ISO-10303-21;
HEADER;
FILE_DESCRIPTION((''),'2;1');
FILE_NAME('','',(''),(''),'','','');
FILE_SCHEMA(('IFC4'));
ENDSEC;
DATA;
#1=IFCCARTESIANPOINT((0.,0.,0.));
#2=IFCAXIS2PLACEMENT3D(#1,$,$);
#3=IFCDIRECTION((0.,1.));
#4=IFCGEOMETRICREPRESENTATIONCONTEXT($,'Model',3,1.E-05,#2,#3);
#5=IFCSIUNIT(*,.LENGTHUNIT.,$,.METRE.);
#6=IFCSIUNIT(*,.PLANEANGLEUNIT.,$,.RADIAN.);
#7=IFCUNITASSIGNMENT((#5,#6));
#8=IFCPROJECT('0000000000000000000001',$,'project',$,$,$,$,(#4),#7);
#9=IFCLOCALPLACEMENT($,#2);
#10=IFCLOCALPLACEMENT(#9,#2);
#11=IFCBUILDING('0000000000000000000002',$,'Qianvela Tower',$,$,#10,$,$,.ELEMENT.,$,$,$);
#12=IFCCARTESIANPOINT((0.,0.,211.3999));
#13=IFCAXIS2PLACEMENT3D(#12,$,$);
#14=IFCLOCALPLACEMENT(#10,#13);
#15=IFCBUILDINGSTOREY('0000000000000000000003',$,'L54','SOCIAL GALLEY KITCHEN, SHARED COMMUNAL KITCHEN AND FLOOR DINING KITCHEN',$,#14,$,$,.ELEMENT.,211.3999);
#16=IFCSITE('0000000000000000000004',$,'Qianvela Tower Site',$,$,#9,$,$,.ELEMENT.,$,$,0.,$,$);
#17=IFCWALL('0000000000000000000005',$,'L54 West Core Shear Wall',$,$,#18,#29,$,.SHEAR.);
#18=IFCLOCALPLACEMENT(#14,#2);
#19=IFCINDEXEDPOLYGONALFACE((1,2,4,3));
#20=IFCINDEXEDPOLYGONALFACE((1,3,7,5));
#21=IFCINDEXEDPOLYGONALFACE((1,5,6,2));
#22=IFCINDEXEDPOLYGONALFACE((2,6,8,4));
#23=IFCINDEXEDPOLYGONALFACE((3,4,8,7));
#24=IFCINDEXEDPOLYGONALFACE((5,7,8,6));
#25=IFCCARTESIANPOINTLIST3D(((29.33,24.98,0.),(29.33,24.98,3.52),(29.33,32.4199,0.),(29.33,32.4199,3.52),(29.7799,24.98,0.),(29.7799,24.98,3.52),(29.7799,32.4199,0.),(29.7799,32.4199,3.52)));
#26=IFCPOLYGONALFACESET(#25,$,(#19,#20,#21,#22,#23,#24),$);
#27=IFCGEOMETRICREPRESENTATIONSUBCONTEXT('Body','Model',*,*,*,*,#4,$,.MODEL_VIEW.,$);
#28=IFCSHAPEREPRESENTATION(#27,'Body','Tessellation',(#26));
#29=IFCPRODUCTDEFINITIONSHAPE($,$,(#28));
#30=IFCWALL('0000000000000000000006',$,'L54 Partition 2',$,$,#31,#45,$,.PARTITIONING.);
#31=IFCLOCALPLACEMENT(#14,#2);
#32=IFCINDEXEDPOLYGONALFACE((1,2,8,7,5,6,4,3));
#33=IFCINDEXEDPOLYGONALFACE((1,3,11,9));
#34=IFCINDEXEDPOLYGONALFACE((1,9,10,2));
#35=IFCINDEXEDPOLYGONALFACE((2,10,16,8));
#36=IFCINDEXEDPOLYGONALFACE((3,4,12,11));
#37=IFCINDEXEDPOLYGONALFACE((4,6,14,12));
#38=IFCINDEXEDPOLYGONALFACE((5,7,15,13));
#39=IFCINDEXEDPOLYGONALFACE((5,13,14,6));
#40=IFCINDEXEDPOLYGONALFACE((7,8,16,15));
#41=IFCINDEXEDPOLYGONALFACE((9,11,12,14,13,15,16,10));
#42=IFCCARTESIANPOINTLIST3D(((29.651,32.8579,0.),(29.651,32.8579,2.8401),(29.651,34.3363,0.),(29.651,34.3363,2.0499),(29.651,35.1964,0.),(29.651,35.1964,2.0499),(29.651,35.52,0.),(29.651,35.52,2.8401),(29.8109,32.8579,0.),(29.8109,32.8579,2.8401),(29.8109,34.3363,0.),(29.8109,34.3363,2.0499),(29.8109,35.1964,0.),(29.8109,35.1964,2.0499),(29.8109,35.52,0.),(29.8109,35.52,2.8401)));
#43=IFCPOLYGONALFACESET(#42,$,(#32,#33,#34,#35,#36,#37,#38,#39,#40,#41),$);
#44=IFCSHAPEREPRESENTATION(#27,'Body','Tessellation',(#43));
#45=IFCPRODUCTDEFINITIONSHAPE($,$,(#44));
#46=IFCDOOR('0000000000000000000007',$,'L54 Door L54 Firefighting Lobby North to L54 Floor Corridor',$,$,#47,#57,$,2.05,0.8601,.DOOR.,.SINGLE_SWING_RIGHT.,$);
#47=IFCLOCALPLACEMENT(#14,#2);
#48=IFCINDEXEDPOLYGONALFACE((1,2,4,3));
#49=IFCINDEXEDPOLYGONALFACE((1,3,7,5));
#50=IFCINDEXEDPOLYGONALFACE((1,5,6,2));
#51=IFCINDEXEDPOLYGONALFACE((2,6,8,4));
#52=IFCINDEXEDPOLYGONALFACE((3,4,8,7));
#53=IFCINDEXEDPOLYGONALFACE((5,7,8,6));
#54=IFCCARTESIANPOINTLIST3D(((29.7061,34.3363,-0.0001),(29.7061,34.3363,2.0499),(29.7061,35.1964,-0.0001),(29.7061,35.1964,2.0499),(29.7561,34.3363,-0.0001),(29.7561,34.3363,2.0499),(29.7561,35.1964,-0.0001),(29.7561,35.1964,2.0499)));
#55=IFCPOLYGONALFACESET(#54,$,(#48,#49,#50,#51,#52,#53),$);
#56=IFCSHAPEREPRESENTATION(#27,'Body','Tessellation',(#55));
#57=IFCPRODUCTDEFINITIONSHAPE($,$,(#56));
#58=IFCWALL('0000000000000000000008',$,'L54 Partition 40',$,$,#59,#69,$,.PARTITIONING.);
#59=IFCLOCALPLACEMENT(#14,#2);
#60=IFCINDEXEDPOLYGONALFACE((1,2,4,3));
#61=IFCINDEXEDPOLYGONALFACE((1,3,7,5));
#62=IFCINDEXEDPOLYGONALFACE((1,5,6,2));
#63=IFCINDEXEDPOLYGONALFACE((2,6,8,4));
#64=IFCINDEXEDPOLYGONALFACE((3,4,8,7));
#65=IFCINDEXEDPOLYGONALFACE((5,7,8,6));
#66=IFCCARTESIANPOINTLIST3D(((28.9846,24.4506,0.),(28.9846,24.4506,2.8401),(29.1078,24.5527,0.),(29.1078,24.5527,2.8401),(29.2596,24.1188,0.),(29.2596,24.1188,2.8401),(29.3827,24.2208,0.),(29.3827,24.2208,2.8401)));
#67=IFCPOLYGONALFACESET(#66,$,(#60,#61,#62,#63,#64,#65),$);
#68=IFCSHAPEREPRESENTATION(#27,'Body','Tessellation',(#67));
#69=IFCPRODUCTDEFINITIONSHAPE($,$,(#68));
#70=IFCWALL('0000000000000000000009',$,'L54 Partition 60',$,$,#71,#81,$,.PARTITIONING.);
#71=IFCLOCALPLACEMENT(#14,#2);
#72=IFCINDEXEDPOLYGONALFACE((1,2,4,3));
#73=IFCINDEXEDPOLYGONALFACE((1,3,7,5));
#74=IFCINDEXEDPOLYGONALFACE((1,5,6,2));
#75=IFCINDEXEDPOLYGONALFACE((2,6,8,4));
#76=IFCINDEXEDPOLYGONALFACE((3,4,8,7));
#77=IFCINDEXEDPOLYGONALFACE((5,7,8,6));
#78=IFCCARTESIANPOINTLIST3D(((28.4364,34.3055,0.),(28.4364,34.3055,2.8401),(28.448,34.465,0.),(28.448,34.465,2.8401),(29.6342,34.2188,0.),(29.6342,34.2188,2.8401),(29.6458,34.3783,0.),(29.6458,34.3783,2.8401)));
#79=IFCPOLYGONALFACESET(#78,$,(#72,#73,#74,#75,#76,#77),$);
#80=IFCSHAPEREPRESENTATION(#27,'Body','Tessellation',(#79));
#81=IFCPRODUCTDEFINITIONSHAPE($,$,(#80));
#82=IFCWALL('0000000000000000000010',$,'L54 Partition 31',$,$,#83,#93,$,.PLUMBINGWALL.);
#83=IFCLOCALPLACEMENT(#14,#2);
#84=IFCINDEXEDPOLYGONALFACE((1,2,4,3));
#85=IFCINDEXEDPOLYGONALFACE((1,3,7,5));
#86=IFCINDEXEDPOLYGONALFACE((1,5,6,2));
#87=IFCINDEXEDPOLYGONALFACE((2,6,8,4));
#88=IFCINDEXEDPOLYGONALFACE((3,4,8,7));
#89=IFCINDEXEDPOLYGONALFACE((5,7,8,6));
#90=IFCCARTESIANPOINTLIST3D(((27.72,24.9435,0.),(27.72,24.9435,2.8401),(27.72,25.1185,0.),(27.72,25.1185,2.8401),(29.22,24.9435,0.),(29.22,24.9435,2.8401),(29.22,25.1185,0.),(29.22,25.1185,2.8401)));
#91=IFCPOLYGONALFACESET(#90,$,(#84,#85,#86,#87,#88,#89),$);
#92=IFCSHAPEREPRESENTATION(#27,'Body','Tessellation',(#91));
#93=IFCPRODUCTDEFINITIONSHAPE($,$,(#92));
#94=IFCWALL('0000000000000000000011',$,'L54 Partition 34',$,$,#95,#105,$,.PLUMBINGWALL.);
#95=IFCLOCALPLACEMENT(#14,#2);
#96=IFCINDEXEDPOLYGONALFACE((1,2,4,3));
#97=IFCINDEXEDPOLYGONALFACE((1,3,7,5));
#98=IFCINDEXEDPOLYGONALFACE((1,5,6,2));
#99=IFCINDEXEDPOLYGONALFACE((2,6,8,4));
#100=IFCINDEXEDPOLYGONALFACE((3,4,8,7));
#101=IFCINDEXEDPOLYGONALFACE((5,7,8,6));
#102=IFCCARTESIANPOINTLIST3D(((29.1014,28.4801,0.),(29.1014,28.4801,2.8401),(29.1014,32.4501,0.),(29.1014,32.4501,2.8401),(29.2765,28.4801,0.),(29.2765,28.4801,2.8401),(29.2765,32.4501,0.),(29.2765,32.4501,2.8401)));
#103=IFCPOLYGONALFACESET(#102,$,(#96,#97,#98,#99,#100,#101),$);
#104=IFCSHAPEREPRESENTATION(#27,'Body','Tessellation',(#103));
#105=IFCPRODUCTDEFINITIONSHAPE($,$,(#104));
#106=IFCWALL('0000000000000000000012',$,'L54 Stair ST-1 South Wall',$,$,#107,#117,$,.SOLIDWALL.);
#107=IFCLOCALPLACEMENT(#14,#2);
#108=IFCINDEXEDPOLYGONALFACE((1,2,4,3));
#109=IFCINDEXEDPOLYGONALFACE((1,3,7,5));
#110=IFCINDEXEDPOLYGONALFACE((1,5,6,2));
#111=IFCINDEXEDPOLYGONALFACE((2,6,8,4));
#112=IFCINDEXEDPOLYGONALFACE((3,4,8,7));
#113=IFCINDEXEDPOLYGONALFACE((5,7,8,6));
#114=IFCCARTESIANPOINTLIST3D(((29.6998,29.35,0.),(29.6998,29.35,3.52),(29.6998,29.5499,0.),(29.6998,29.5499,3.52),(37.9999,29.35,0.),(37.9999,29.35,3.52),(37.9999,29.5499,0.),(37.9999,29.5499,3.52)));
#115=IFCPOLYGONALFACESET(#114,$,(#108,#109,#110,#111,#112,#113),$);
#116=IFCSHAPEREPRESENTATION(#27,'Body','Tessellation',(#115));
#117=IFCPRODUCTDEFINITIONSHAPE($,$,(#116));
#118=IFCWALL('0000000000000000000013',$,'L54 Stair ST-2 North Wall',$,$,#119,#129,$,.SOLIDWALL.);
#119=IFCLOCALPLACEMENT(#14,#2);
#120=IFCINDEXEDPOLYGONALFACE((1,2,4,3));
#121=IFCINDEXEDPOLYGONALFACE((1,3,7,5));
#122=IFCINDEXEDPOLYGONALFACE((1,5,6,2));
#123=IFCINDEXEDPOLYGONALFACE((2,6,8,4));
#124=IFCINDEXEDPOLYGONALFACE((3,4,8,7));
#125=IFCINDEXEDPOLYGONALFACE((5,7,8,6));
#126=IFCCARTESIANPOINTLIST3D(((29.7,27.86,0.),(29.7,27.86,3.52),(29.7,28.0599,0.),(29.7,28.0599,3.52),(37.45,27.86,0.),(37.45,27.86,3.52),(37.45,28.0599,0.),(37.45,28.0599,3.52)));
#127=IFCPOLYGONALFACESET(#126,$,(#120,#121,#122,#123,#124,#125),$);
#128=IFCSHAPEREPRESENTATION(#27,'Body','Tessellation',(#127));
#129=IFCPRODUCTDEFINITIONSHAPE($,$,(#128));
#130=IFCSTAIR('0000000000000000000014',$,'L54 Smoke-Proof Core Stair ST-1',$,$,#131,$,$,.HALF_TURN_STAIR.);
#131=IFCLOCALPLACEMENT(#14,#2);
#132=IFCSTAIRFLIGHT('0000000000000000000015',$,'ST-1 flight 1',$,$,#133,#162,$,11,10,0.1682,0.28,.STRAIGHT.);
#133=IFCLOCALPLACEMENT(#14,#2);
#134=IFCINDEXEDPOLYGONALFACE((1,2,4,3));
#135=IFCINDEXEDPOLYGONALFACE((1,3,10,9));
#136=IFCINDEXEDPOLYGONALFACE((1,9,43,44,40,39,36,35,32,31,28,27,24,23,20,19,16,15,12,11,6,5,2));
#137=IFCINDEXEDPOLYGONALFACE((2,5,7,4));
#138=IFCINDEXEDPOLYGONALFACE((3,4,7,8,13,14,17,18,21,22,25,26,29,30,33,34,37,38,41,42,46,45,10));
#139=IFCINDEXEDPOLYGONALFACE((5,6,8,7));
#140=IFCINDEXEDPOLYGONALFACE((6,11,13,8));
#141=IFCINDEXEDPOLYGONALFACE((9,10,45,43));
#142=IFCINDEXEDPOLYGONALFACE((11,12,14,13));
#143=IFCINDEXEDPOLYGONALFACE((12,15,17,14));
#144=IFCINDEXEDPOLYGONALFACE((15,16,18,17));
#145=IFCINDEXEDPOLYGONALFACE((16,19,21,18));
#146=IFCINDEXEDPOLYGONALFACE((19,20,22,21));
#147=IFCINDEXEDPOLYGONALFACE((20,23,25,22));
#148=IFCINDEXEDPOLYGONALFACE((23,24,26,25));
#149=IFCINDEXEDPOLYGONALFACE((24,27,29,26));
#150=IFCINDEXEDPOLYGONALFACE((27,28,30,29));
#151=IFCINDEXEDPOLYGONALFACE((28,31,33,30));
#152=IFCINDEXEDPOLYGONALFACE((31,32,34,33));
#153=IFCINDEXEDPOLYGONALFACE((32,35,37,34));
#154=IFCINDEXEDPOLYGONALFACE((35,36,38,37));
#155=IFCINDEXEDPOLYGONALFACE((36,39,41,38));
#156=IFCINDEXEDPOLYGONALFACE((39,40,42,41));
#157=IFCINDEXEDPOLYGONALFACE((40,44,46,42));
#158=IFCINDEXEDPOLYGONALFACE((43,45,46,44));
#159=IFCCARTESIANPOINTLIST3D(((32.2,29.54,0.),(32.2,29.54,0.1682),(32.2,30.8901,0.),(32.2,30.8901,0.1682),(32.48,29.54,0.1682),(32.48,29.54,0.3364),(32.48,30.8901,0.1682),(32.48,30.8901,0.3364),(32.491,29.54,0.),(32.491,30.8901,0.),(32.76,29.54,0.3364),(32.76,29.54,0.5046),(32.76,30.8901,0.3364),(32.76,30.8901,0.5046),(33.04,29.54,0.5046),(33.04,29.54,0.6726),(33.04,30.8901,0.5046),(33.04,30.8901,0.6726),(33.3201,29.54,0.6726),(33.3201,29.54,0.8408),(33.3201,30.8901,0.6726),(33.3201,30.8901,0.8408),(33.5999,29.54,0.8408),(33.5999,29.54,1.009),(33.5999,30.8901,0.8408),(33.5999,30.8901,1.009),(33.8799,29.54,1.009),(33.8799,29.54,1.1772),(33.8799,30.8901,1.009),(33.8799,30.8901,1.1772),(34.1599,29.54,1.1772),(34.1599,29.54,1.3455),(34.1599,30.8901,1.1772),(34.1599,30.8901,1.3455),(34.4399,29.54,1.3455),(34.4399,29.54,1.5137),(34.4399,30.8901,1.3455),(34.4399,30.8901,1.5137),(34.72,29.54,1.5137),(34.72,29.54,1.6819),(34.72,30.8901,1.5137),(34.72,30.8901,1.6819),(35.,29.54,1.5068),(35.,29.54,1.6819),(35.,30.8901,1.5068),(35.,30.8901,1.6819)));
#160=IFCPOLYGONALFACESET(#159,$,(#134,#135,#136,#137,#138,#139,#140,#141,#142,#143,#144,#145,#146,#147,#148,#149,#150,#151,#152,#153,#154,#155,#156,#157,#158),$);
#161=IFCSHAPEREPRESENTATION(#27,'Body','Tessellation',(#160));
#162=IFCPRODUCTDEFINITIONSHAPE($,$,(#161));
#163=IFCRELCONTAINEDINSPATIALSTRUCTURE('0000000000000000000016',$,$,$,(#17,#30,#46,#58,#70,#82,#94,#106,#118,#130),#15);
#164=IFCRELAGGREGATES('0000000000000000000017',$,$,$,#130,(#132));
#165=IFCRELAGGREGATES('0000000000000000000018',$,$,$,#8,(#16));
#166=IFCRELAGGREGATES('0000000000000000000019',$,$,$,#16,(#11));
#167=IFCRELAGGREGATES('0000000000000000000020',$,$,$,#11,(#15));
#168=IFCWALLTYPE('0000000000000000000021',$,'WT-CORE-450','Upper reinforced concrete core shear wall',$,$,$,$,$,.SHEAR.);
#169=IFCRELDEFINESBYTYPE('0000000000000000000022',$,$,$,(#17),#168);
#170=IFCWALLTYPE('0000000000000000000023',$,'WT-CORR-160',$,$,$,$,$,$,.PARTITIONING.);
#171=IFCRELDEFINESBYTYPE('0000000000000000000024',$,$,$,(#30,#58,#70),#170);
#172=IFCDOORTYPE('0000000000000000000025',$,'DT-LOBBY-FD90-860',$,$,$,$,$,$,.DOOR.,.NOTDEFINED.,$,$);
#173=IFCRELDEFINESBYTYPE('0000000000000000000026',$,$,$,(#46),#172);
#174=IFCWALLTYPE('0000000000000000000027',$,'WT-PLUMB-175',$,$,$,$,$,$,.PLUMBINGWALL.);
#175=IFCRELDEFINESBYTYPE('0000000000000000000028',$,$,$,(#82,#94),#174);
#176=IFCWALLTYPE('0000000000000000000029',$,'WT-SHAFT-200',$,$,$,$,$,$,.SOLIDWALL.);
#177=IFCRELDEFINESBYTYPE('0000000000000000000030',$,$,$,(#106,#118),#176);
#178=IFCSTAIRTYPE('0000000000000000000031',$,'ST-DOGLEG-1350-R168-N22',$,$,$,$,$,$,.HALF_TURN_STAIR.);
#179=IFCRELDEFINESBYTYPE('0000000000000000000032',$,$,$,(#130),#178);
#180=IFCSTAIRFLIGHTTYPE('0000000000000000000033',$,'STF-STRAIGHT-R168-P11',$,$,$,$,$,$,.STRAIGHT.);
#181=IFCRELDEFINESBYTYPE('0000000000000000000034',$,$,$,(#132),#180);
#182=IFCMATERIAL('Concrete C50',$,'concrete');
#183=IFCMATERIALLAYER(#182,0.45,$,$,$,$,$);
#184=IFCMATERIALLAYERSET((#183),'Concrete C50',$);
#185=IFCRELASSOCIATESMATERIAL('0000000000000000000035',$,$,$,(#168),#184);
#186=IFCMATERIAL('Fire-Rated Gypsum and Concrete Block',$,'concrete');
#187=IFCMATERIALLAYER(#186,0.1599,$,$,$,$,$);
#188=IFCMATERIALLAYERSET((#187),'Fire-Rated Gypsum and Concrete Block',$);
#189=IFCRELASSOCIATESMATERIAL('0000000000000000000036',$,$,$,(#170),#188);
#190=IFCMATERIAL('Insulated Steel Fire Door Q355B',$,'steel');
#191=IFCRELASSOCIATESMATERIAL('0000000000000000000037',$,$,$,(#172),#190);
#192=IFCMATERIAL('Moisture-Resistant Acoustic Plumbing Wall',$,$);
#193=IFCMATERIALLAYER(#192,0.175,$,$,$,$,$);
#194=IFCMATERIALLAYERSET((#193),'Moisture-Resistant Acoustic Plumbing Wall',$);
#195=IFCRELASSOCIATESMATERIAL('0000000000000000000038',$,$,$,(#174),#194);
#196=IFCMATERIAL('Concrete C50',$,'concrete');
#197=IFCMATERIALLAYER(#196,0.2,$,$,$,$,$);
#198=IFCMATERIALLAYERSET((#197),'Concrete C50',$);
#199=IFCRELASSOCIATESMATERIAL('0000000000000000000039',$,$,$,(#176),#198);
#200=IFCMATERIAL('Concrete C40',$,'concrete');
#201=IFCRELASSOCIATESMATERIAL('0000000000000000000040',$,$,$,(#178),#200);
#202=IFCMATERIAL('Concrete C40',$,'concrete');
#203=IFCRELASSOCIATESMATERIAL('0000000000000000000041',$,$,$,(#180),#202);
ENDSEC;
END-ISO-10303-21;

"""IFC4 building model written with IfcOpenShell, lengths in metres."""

from ifc_helpers import new_model, si_unit, direction, frame, frame_2d, origin, place, context, subcontext, project, spatial, polyline, rectangle, outline, extrude, material, layer, layer_set, type_object, element, fill, aggregate, save


model = new_model("IFC4")

# Units and contexts
model_context = context("Model", 3, precision=1e-05, world=origin(), true_north=direction((0.0, 1.0)))
body_context = subcontext(model_context, "Body", "Model", "MODEL_VIEW")
ifc_project = project(units=[si_unit("LENGTHUNIT", "METRE"), si_unit("PLANEANGLEUNIT", "RADIAN")], contexts=[model_context])

# Site, building, storey
site_placement = place(None, origin())
site = spatial("IfcSite", under=ifc_project, at=site_placement, Name="Qianvela Tower Site", CompositionType="ELEMENT", RefElevation=0.0)
building_placement = place(site_placement, origin())
building = spatial("IfcBuilding", under=site, at=building_placement, Name="Qianvela Tower", CompositionType="ELEMENT")
storey_placement = place(building_placement, frame((0.0, 0.0, 211.3999)))
storey = spatial("IfcBuildingStorey", under=building, at=storey_placement, Name="L54", Description="SOCIAL GALLEY KITCHEN, SHARED COMMUNAL KITCHEN AND FLOOR DINING KITCHEN", CompositionType="ELEMENT", Elevation=211.3999)

# Shared definitions
ifc_material_1 = material(Name="Concrete C50", Category="concrete")
ifc_layer_1 = layer(ifc_material_1, 0.45)
ifc_layer_set_1 = layer_set([ifc_layer_1], Name="Concrete C50")
wall_type_1 = type_object("IfcWallType", Name="WT-CORE-450", Description="Upper reinforced concrete core shear wall", PredefinedType="SHEAR", material=ifc_layer_set_1)

# Wall
wall_1_placement = place(storey_placement, frame((29.5549, 24.98, 0.0), z_axis=(0.0, 0.0, 1.0), x_axis=(0.0, 1.0, 0.0)))
element("IfcWall", 1, at=wall_1_placement, inside=storey, type_object=wall_type_1, Name="L54 West Core Shear Wall", PredefinedType="SHEAR", context=body_context, shape_type="SweptSolid", body=[
    extrude(rectangle(XDim=7.4399, YDim=0.45, at=frame_2d((3.72, 0.0))), origin(), (0.0, 0.0, 1.0), 3.52),
])

# Wall, opening, door
ifc_material_2 = material(Name="Fire-Rated Gypsum and Concrete Block", Category="concrete")
ifc_layer_2 = layer(ifc_material_2, 0.1599)
ifc_layer_set_2 = layer_set([ifc_layer_2], Name="Fire-Rated Gypsum and Concrete Block")
wall_type_2 = type_object("IfcWallType", Name="WT-CORR-160", PredefinedType="PARTITIONING", material=ifc_layer_set_2)
wall_2_placement = place(storey_placement, frame((29.731, 32.8579, 0.0), z_axis=(0.0, 0.0, 1.0), x_axis=(0.0, 1.0, 0.0)))
wall_2 = element("IfcWall", 2, at=wall_2_placement, inside=storey, type_object=wall_type_2, Name="L54 Partition 2", PredefinedType="PARTITIONING", context=body_context, shape_type="SweptSolid", body=[
    extrude(rectangle(XDim=2.6621, YDim=0.1599, at=frame_2d((1.3311, 0.0))), origin(), (0.0, 0.0, 1.0), 2.8401),
])
opening_1_placement = place(wall_2_placement, frame((1.4783, 0.0, 0.0)))
opening_1 = element("IfcOpeningElement", 3, at=opening_1_placement, cuts=wall_2, PredefinedType="OPENING", context=body_context, shape_type="SweptSolid", body=[
    extrude(rectangle(XDim=0.8601, YDim=2.05, at=frame_2d((0.4302, 1.0249))), frame((0.0, 0.0898, 0.0), z_axis=(0.0, -1.0, 0.0), x_axis=(1.0, 0.0, 0.0)), (0.0, 0.0, 1.0), 0.1799),
])
ifc_material_3 = material(Name="Insulated Steel Fire Door Q355B", Category="steel")
door_type_1 = type_object("IfcDoorType", Name="DT-LOBBY-FD90-860", OperationType="NOTDEFINED", PredefinedType="DOOR", material=ifc_material_3)
door_1_placement = place(opening_1_placement, origin())
door_1 = element("IfcDoor", 4, at=door_1_placement, inside=storey, type_object=door_type_1, Name="L54 Door L54 Firefighting Lobby North to L54 Floor Corridor", OperationType="SINGLE_SWING_RIGHT", OverallHeight=2.05, OverallWidth=0.8601, PredefinedType="DOOR", context=body_context, shape_type="SweptSolid", body=[
    extrude(rectangle(XDim=0.8601, YDim=2.05, at=frame_2d((0.4302, 1.0249))), frame((0.0, 0.0249, 0.0), z_axis=(0.0, -1.0, 0.0), x_axis=(1.0, 0.0, 0.0)), (0.0, 0.0, 1.0), 0.05),
])
fill(opening_1, door_1)

# Walls
wall_3_placement = place(storey_placement, frame((29.321, 24.1699, 0.0), z_axis=(0.0, 0.0, 1.0), x_axis=(-0.638008, 0.77003, 0.0)))
element("IfcWall", 5, at=wall_3_placement, inside=storey, type_object=wall_type_2, Name="L54 Partition 40", PredefinedType="PARTITIONING", context=body_context, shape_type="SweptSolid", body=[
    extrude(rectangle(XDim=0.4309, YDim=0.1599, at=frame_2d((0.2153, 0.0))), origin(), (0.0, 0.0, 1.0), 2.8401),
])
wall_4_placement = place(storey_placement, frame((29.6401, 34.2986, 0.0), z_axis=(0.0, 0.0, 1.0), x_axis=(-0.997392, 0.072172, 0.0)))
element("IfcWall", 6, at=wall_4_placement, inside=storey, type_object=wall_type_2, Name="L54 Partition 60", PredefinedType="PARTITIONING", context=body_context, shape_type="SweptSolid", body=[
    extrude(rectangle(XDim=1.2009, YDim=0.1599, at=frame_2d((0.6006, 0.0))), origin(), (0.0, 0.0, 1.0), 2.8401),
])
ifc_material_4 = material(Name="Moisture-Resistant Acoustic Plumbing Wall")
ifc_layer_3 = layer(ifc_material_4, 0.175)
ifc_layer_set_3 = layer_set([ifc_layer_3], Name="Moisture-Resistant Acoustic Plumbing Wall")
wall_type_3 = type_object("IfcWallType", Name="WT-PLUMB-175", PredefinedType="PLUMBINGWALL", material=ifc_layer_set_3)
wall_5_placement = place(storey_placement, frame((29.22, 25.031, 0.0), z_axis=(0.0, 0.0, 1.0), x_axis=(-1.0, 0.0, 0.0)))
element("IfcWall", 7, at=wall_5_placement, inside=storey, type_object=wall_type_3, Name="L54 Partition 31", PredefinedType="PLUMBINGWALL", context=body_context, shape_type="SweptSolid", body=[
    extrude(rectangle(XDim=1.5, YDim=0.175, at=frame_2d((0.75, 0.0))), origin(), (0.0, 0.0, 1.0), 2.8401),
])
wall_6_placement = place(storey_placement, frame((29.189, 32.45, 0.0), z_axis=(0.0, 0.0, 1.0), x_axis=(0.0, -1.0, 0.0)))
element("IfcWall", 8, at=wall_6_placement, inside=storey, type_object=wall_type_3, Name="L54 Partition 34", PredefinedType="PLUMBINGWALL", context=body_context, shape_type="SweptSolid", body=[
    extrude(rectangle(XDim=3.97, YDim=0.175, at=frame_2d((1.9849, 0.0))), origin(), (0.0, 0.0, 1.0), 2.8401),
])
ifc_material_5 = material(Name="Concrete C50", Category="concrete")
ifc_layer_4 = layer(ifc_material_5, 0.2)
ifc_layer_set_4 = layer_set([ifc_layer_4], Name="Concrete C50")
wall_type_4 = type_object("IfcWallType", Name="WT-SHAFT-200", PredefinedType="SOLIDWALL", material=ifc_layer_set_4)
wall_7_placement = place(storey_placement, frame((29.7, 29.45, 0.0), z_axis=(0.0, 0.0, 1.0), x_axis=(1.0, 0.0, 0.0)))
element("IfcWall", 9, at=wall_7_placement, inside=storey, type_object=wall_type_4, Name="L54 Stair ST-1 South Wall", PredefinedType="SOLIDWALL", context=body_context, shape_type="SweptSolid", body=[
    extrude(rectangle(XDim=8.3, YDim=0.2, at=frame_2d((4.1499, 0.0))), origin(), (0.0, 0.0, 1.0), 3.52),
])
wall_8_placement = place(storey_placement, frame((29.7, 27.96, 0.0), z_axis=(0.0, 0.0, 1.0), x_axis=(1.0, 0.0, 0.0)))
element("IfcWall", 10, at=wall_8_placement, inside=storey, type_object=wall_type_4, Name="L54 Stair ST-2 North Wall", PredefinedType="SOLIDWALL", context=body_context, shape_type="SweptSolid", body=[
    extrude(rectangle(XDim=7.75, YDim=0.2, at=frame_2d((3.875, 0.0))), origin(), (0.0, 0.0, 1.0), 3.52),
])

# Stair, stair flight
ifc_material_6 = material(Name="Concrete C40", Category="concrete")
stair_type = type_object("IfcStairType", Name="ST-DOGLEG-1350-R168-N22", PredefinedType="HALF_TURN_STAIR", material=ifc_material_6)
stair_1_placement = place(storey_placement, origin())
stair_1 = element("IfcStair", 11, at=stair_1_placement, inside=storey, type_object=stair_type, Name="L54 Smoke-Proof Core Stair ST-1", PredefinedType="HALF_TURN_STAIR")
ifc_material_7 = material(Name="Concrete C40", Category="concrete")
stair_flight_type = type_object("IfcStairFlightType", Name="STF-STRAIGHT-R168-P11", PredefinedType="STRAIGHT", material=ifc_material_7)
stair_flight_1_placement = place(storey_placement, frame((32.2, 30.2151, 0.0), z_axis=(0.0, 0.0, 1.0), x_axis=(1.0, 0.0, 0.0)))
stair_flight_1 = element("IfcStairFlight", 12, at=stair_flight_1_placement, type_object=stair_flight_type, Name="ST-1 flight 1", NumberOfRisers=11, NumberOfTreads=10, PredefinedType="STRAIGHT", RiserHeight=0.1682, TreadLength=0.28, context=body_context, shape_type="SweptSolid", body=[
    extrude(outline(polyline([(0.0, 0.0), (0.0, 0.1682), (0.28, 0.1682), (0.28, 0.3364), (0.5601, 0.3364), (0.5601, 0.5046), (0.8401, 0.5046), (0.8401, 0.6726), (1.1201, 0.6726), (1.1201, 0.8408), (1.3999, 0.8408), (1.3999, 1.009), (1.6799, 1.009), (1.6799, 1.1772), (1.96, 1.1772), (1.96, 1.3455), (2.24, 1.3455), (2.24, 1.5137), (2.52, 1.5137), (2.52, 1.6819), (2.8, 1.6819), (2.8, 1.8501), (2.8, 1.5068), (0.291, 0.0), (0.0, 0.0)])), frame((0.0, 0.675, 0.0), z_axis=(0.0, -1.0, 0.0), x_axis=(1.0, 0.0, 0.0)), (0.0, 0.0, 1.0), 1.3501),
])
aggregate(stair_1, [stair_flight_1])

save(model, "model.ifc")
